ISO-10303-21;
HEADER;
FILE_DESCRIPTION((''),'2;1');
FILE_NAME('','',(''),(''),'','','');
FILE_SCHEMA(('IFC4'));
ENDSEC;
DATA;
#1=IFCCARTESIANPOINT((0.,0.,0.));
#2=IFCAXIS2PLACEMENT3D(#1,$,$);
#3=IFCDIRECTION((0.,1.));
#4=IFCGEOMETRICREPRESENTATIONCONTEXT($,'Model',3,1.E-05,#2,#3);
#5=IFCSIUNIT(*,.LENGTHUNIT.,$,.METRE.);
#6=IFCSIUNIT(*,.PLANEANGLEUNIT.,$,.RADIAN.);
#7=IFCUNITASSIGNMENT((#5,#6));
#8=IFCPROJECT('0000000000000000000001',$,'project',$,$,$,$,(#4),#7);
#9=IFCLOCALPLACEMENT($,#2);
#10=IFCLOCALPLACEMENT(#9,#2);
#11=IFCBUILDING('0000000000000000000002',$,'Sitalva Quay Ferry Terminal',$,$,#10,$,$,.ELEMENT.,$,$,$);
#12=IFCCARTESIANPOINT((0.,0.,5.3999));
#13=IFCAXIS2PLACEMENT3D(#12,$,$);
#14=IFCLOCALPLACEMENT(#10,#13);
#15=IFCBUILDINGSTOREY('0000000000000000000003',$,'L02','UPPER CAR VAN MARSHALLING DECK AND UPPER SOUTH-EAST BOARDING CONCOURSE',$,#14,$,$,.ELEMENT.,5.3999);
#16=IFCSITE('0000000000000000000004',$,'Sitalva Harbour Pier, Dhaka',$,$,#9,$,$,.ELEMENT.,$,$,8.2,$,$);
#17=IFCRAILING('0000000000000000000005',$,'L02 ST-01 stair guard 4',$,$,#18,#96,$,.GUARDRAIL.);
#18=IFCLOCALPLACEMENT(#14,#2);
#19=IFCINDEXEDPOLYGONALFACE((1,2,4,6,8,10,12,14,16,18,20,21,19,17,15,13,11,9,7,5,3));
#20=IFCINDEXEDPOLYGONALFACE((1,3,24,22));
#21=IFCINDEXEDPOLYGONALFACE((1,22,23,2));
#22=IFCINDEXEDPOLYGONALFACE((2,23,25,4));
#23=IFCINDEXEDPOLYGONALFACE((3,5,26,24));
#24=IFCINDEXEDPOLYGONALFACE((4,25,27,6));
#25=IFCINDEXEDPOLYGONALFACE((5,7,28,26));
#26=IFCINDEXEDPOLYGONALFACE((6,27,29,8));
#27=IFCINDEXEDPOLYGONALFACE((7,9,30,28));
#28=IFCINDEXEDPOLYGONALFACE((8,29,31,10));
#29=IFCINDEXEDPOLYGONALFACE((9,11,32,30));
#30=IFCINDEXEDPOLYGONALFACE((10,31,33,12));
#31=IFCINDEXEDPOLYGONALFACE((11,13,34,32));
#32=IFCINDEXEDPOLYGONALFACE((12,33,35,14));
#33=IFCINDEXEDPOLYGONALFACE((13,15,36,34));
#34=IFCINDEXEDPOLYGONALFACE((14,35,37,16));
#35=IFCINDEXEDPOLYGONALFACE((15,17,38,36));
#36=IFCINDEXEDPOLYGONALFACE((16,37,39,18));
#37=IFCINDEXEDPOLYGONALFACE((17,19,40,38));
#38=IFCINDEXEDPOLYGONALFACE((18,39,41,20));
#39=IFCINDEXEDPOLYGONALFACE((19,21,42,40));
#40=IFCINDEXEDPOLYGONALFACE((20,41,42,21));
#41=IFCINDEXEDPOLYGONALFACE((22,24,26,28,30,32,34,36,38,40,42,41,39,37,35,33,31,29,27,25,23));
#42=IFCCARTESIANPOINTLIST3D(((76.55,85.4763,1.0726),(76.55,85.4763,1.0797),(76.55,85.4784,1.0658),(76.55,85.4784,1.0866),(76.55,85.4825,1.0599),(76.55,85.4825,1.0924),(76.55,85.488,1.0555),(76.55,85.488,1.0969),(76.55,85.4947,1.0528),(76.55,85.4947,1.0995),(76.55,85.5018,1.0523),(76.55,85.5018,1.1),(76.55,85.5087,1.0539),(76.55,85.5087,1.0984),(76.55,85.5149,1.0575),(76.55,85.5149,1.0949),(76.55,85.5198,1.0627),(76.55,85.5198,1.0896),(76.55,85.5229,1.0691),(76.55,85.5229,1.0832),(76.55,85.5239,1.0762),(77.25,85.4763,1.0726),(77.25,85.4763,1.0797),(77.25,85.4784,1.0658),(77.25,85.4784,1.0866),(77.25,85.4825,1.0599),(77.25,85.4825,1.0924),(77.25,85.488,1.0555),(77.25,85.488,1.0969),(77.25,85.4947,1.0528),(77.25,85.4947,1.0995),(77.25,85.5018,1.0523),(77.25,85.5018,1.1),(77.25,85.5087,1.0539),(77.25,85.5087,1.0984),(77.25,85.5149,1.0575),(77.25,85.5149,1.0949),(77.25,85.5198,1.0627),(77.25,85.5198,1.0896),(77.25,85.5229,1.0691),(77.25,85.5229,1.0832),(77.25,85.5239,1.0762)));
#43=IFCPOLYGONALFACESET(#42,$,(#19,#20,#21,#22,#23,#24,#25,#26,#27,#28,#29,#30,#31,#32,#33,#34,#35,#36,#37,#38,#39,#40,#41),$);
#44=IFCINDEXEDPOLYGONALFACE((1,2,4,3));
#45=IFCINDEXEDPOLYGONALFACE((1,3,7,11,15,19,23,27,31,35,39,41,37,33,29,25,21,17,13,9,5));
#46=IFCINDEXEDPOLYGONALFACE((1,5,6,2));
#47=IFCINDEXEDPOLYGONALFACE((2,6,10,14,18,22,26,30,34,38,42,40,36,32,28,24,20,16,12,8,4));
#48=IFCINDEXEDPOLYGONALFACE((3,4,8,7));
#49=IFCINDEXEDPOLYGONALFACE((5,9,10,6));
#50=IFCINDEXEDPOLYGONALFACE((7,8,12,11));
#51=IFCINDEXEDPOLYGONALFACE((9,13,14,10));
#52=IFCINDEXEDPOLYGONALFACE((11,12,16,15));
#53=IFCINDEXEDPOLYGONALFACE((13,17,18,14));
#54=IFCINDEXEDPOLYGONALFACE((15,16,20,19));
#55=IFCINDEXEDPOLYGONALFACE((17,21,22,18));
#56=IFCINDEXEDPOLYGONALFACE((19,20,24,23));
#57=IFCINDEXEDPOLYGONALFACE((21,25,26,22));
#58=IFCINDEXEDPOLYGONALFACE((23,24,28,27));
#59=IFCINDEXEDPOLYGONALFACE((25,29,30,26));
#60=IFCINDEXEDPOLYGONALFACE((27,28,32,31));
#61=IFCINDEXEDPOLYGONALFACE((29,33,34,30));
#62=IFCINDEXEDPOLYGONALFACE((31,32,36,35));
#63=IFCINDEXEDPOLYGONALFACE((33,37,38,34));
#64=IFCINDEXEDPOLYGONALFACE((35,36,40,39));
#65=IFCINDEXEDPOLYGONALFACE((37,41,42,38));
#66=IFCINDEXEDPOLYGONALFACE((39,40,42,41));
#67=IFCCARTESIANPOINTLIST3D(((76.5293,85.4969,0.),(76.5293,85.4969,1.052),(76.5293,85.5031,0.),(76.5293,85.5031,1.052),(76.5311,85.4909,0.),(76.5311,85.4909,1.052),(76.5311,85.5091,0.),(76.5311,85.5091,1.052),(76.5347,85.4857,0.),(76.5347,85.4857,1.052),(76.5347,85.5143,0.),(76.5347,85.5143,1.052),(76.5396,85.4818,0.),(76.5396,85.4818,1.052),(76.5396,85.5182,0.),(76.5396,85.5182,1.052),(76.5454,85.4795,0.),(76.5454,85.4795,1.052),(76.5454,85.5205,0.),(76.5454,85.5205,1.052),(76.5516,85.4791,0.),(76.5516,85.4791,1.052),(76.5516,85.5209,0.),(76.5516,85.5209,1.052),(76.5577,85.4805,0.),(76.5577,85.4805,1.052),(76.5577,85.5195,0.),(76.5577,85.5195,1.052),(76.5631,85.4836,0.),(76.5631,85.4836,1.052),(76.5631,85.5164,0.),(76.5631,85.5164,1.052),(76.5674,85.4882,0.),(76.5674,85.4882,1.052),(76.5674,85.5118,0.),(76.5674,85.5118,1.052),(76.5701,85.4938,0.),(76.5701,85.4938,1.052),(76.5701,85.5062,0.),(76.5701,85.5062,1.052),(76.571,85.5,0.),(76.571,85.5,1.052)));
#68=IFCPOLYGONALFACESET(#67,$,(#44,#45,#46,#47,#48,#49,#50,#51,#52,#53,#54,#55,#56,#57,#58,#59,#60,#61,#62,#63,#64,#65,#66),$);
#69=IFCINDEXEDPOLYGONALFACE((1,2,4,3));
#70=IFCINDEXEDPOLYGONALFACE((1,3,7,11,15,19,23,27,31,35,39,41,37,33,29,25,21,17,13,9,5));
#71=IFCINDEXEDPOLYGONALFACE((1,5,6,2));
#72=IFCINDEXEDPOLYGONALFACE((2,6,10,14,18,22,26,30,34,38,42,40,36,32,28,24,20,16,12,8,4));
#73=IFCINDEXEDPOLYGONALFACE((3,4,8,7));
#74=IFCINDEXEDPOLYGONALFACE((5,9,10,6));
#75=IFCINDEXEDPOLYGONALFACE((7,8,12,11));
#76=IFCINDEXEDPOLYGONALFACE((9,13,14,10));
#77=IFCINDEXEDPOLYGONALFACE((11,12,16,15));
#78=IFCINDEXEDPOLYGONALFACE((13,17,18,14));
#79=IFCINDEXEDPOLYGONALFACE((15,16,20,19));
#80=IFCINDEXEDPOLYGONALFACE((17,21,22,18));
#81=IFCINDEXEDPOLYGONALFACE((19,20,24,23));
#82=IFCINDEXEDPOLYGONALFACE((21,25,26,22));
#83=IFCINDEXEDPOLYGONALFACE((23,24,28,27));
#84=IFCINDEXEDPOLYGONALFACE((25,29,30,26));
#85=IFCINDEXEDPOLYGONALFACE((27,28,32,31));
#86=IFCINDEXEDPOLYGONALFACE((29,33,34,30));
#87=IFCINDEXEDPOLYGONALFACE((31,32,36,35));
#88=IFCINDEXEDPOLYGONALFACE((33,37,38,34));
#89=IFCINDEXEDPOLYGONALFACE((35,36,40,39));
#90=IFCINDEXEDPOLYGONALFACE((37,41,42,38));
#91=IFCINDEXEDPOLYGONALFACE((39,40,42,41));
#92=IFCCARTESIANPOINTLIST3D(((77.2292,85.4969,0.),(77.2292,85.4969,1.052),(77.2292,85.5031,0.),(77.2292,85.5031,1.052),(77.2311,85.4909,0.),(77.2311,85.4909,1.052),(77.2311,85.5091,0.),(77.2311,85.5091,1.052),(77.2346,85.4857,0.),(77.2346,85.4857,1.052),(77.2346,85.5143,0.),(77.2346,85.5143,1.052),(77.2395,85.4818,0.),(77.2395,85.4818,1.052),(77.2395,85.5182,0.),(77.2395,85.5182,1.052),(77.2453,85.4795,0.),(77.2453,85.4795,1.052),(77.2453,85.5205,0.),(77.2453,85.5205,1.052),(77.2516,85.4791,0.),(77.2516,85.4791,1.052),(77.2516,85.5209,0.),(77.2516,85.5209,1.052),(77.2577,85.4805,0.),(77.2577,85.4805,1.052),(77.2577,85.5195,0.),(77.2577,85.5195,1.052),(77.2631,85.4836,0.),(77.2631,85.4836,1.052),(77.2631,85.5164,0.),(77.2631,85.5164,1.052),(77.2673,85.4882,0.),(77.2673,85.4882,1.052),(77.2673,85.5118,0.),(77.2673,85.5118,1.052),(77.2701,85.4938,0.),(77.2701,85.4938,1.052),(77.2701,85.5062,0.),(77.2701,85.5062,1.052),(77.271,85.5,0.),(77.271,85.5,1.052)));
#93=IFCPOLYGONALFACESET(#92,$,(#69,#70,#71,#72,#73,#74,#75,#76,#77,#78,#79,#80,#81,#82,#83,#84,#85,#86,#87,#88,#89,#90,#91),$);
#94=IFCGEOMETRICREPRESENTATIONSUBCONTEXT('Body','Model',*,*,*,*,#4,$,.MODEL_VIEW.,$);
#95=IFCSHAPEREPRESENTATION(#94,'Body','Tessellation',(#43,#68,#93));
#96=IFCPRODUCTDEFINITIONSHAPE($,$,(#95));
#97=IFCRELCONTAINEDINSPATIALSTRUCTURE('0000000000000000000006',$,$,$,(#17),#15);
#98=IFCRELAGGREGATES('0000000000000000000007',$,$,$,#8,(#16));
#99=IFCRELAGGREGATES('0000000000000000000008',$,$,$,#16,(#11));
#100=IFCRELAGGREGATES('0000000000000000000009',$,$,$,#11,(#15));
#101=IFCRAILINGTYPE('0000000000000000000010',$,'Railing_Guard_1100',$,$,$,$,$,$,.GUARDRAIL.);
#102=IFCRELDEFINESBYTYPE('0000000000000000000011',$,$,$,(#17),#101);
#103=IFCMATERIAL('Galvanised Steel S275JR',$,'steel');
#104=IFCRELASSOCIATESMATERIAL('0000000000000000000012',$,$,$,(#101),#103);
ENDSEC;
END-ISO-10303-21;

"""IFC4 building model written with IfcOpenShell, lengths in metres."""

from ifc_helpers import new_model, si_unit, direction, frame, origin, origin_2d, place, context, subcontext, project, spatial, circle, extrude, material, type_object, element, save


model = new_model("IFC4")

# Units and contexts
model_context = context("Model", 3, precision=1e-05, world=origin(), true_north=direction((0.0, 1.0)))
body_context = subcontext(model_context, "Body", "Model", "MODEL_VIEW")
ifc_project = project(units=[si_unit("LENGTHUNIT", "METRE"), si_unit("PLANEANGLEUNIT", "RADIAN")], contexts=[model_context])

# Site, building, storey
site_placement = place(None, origin())
site = spatial("IfcSite", under=ifc_project, at=site_placement, Name="Sitalva Harbour Pier, Dhaka", CompositionType="ELEMENT", RefElevation=8.2)
building_placement = place(site_placement, origin())
building = spatial("IfcBuilding", under=site, at=building_placement, Name="Sitalva Quay Ferry Terminal", CompositionType="ELEMENT")
storey_placement = place(building_placement, frame((0.0, 0.0, 5.3999)))
storey = spatial("IfcBuildingStorey", under=building, at=storey_placement, Name="L02", Description="UPPER CAR VAN MARSHALLING DECK AND UPPER SOUTH-EAST BOARDING CONCOURSE", CompositionType="ELEMENT", Elevation=5.3999)

# Railing
ifc_material_1 = material(Name="Galvanised Steel S275JR", Category="steel")
railing_type_1 = type_object("IfcRailingType", Name="Railing_Guard_1100", PredefinedType="GUARDRAIL", material=ifc_material_1)
railing_1_placement = place(storey_placement, frame((76.55, 85.5, 0.0)))
element("IfcRailing", 1, at=railing_1_placement, inside=storey, type_object=railing_type_1, Name="L02 ST-01 stair guard 4", PredefinedType="GUARDRAIL", context=body_context, shape_type="SweptSolid", body=[
    extrude(circle(Radius=0.0239, at=origin_2d()), frame((0.0, 0.0, 1.0762), z_axis=(1.0, 0.0, 0.0), x_axis=(0.0, 1.0, 0.0)), (0.0, 0.0, 1.0), 0.7),
    extrude(circle(Radius=0.021, at=origin_2d()), origin(), (0.0, 0.0, 1.0), 1.052),
    extrude(circle(Radius=0.021, at=origin_2d()), frame((0.7, 0.0, 0.0)), (0.0, 0.0, 1.0), 1.052),
])

save(model, "model.ifc")
